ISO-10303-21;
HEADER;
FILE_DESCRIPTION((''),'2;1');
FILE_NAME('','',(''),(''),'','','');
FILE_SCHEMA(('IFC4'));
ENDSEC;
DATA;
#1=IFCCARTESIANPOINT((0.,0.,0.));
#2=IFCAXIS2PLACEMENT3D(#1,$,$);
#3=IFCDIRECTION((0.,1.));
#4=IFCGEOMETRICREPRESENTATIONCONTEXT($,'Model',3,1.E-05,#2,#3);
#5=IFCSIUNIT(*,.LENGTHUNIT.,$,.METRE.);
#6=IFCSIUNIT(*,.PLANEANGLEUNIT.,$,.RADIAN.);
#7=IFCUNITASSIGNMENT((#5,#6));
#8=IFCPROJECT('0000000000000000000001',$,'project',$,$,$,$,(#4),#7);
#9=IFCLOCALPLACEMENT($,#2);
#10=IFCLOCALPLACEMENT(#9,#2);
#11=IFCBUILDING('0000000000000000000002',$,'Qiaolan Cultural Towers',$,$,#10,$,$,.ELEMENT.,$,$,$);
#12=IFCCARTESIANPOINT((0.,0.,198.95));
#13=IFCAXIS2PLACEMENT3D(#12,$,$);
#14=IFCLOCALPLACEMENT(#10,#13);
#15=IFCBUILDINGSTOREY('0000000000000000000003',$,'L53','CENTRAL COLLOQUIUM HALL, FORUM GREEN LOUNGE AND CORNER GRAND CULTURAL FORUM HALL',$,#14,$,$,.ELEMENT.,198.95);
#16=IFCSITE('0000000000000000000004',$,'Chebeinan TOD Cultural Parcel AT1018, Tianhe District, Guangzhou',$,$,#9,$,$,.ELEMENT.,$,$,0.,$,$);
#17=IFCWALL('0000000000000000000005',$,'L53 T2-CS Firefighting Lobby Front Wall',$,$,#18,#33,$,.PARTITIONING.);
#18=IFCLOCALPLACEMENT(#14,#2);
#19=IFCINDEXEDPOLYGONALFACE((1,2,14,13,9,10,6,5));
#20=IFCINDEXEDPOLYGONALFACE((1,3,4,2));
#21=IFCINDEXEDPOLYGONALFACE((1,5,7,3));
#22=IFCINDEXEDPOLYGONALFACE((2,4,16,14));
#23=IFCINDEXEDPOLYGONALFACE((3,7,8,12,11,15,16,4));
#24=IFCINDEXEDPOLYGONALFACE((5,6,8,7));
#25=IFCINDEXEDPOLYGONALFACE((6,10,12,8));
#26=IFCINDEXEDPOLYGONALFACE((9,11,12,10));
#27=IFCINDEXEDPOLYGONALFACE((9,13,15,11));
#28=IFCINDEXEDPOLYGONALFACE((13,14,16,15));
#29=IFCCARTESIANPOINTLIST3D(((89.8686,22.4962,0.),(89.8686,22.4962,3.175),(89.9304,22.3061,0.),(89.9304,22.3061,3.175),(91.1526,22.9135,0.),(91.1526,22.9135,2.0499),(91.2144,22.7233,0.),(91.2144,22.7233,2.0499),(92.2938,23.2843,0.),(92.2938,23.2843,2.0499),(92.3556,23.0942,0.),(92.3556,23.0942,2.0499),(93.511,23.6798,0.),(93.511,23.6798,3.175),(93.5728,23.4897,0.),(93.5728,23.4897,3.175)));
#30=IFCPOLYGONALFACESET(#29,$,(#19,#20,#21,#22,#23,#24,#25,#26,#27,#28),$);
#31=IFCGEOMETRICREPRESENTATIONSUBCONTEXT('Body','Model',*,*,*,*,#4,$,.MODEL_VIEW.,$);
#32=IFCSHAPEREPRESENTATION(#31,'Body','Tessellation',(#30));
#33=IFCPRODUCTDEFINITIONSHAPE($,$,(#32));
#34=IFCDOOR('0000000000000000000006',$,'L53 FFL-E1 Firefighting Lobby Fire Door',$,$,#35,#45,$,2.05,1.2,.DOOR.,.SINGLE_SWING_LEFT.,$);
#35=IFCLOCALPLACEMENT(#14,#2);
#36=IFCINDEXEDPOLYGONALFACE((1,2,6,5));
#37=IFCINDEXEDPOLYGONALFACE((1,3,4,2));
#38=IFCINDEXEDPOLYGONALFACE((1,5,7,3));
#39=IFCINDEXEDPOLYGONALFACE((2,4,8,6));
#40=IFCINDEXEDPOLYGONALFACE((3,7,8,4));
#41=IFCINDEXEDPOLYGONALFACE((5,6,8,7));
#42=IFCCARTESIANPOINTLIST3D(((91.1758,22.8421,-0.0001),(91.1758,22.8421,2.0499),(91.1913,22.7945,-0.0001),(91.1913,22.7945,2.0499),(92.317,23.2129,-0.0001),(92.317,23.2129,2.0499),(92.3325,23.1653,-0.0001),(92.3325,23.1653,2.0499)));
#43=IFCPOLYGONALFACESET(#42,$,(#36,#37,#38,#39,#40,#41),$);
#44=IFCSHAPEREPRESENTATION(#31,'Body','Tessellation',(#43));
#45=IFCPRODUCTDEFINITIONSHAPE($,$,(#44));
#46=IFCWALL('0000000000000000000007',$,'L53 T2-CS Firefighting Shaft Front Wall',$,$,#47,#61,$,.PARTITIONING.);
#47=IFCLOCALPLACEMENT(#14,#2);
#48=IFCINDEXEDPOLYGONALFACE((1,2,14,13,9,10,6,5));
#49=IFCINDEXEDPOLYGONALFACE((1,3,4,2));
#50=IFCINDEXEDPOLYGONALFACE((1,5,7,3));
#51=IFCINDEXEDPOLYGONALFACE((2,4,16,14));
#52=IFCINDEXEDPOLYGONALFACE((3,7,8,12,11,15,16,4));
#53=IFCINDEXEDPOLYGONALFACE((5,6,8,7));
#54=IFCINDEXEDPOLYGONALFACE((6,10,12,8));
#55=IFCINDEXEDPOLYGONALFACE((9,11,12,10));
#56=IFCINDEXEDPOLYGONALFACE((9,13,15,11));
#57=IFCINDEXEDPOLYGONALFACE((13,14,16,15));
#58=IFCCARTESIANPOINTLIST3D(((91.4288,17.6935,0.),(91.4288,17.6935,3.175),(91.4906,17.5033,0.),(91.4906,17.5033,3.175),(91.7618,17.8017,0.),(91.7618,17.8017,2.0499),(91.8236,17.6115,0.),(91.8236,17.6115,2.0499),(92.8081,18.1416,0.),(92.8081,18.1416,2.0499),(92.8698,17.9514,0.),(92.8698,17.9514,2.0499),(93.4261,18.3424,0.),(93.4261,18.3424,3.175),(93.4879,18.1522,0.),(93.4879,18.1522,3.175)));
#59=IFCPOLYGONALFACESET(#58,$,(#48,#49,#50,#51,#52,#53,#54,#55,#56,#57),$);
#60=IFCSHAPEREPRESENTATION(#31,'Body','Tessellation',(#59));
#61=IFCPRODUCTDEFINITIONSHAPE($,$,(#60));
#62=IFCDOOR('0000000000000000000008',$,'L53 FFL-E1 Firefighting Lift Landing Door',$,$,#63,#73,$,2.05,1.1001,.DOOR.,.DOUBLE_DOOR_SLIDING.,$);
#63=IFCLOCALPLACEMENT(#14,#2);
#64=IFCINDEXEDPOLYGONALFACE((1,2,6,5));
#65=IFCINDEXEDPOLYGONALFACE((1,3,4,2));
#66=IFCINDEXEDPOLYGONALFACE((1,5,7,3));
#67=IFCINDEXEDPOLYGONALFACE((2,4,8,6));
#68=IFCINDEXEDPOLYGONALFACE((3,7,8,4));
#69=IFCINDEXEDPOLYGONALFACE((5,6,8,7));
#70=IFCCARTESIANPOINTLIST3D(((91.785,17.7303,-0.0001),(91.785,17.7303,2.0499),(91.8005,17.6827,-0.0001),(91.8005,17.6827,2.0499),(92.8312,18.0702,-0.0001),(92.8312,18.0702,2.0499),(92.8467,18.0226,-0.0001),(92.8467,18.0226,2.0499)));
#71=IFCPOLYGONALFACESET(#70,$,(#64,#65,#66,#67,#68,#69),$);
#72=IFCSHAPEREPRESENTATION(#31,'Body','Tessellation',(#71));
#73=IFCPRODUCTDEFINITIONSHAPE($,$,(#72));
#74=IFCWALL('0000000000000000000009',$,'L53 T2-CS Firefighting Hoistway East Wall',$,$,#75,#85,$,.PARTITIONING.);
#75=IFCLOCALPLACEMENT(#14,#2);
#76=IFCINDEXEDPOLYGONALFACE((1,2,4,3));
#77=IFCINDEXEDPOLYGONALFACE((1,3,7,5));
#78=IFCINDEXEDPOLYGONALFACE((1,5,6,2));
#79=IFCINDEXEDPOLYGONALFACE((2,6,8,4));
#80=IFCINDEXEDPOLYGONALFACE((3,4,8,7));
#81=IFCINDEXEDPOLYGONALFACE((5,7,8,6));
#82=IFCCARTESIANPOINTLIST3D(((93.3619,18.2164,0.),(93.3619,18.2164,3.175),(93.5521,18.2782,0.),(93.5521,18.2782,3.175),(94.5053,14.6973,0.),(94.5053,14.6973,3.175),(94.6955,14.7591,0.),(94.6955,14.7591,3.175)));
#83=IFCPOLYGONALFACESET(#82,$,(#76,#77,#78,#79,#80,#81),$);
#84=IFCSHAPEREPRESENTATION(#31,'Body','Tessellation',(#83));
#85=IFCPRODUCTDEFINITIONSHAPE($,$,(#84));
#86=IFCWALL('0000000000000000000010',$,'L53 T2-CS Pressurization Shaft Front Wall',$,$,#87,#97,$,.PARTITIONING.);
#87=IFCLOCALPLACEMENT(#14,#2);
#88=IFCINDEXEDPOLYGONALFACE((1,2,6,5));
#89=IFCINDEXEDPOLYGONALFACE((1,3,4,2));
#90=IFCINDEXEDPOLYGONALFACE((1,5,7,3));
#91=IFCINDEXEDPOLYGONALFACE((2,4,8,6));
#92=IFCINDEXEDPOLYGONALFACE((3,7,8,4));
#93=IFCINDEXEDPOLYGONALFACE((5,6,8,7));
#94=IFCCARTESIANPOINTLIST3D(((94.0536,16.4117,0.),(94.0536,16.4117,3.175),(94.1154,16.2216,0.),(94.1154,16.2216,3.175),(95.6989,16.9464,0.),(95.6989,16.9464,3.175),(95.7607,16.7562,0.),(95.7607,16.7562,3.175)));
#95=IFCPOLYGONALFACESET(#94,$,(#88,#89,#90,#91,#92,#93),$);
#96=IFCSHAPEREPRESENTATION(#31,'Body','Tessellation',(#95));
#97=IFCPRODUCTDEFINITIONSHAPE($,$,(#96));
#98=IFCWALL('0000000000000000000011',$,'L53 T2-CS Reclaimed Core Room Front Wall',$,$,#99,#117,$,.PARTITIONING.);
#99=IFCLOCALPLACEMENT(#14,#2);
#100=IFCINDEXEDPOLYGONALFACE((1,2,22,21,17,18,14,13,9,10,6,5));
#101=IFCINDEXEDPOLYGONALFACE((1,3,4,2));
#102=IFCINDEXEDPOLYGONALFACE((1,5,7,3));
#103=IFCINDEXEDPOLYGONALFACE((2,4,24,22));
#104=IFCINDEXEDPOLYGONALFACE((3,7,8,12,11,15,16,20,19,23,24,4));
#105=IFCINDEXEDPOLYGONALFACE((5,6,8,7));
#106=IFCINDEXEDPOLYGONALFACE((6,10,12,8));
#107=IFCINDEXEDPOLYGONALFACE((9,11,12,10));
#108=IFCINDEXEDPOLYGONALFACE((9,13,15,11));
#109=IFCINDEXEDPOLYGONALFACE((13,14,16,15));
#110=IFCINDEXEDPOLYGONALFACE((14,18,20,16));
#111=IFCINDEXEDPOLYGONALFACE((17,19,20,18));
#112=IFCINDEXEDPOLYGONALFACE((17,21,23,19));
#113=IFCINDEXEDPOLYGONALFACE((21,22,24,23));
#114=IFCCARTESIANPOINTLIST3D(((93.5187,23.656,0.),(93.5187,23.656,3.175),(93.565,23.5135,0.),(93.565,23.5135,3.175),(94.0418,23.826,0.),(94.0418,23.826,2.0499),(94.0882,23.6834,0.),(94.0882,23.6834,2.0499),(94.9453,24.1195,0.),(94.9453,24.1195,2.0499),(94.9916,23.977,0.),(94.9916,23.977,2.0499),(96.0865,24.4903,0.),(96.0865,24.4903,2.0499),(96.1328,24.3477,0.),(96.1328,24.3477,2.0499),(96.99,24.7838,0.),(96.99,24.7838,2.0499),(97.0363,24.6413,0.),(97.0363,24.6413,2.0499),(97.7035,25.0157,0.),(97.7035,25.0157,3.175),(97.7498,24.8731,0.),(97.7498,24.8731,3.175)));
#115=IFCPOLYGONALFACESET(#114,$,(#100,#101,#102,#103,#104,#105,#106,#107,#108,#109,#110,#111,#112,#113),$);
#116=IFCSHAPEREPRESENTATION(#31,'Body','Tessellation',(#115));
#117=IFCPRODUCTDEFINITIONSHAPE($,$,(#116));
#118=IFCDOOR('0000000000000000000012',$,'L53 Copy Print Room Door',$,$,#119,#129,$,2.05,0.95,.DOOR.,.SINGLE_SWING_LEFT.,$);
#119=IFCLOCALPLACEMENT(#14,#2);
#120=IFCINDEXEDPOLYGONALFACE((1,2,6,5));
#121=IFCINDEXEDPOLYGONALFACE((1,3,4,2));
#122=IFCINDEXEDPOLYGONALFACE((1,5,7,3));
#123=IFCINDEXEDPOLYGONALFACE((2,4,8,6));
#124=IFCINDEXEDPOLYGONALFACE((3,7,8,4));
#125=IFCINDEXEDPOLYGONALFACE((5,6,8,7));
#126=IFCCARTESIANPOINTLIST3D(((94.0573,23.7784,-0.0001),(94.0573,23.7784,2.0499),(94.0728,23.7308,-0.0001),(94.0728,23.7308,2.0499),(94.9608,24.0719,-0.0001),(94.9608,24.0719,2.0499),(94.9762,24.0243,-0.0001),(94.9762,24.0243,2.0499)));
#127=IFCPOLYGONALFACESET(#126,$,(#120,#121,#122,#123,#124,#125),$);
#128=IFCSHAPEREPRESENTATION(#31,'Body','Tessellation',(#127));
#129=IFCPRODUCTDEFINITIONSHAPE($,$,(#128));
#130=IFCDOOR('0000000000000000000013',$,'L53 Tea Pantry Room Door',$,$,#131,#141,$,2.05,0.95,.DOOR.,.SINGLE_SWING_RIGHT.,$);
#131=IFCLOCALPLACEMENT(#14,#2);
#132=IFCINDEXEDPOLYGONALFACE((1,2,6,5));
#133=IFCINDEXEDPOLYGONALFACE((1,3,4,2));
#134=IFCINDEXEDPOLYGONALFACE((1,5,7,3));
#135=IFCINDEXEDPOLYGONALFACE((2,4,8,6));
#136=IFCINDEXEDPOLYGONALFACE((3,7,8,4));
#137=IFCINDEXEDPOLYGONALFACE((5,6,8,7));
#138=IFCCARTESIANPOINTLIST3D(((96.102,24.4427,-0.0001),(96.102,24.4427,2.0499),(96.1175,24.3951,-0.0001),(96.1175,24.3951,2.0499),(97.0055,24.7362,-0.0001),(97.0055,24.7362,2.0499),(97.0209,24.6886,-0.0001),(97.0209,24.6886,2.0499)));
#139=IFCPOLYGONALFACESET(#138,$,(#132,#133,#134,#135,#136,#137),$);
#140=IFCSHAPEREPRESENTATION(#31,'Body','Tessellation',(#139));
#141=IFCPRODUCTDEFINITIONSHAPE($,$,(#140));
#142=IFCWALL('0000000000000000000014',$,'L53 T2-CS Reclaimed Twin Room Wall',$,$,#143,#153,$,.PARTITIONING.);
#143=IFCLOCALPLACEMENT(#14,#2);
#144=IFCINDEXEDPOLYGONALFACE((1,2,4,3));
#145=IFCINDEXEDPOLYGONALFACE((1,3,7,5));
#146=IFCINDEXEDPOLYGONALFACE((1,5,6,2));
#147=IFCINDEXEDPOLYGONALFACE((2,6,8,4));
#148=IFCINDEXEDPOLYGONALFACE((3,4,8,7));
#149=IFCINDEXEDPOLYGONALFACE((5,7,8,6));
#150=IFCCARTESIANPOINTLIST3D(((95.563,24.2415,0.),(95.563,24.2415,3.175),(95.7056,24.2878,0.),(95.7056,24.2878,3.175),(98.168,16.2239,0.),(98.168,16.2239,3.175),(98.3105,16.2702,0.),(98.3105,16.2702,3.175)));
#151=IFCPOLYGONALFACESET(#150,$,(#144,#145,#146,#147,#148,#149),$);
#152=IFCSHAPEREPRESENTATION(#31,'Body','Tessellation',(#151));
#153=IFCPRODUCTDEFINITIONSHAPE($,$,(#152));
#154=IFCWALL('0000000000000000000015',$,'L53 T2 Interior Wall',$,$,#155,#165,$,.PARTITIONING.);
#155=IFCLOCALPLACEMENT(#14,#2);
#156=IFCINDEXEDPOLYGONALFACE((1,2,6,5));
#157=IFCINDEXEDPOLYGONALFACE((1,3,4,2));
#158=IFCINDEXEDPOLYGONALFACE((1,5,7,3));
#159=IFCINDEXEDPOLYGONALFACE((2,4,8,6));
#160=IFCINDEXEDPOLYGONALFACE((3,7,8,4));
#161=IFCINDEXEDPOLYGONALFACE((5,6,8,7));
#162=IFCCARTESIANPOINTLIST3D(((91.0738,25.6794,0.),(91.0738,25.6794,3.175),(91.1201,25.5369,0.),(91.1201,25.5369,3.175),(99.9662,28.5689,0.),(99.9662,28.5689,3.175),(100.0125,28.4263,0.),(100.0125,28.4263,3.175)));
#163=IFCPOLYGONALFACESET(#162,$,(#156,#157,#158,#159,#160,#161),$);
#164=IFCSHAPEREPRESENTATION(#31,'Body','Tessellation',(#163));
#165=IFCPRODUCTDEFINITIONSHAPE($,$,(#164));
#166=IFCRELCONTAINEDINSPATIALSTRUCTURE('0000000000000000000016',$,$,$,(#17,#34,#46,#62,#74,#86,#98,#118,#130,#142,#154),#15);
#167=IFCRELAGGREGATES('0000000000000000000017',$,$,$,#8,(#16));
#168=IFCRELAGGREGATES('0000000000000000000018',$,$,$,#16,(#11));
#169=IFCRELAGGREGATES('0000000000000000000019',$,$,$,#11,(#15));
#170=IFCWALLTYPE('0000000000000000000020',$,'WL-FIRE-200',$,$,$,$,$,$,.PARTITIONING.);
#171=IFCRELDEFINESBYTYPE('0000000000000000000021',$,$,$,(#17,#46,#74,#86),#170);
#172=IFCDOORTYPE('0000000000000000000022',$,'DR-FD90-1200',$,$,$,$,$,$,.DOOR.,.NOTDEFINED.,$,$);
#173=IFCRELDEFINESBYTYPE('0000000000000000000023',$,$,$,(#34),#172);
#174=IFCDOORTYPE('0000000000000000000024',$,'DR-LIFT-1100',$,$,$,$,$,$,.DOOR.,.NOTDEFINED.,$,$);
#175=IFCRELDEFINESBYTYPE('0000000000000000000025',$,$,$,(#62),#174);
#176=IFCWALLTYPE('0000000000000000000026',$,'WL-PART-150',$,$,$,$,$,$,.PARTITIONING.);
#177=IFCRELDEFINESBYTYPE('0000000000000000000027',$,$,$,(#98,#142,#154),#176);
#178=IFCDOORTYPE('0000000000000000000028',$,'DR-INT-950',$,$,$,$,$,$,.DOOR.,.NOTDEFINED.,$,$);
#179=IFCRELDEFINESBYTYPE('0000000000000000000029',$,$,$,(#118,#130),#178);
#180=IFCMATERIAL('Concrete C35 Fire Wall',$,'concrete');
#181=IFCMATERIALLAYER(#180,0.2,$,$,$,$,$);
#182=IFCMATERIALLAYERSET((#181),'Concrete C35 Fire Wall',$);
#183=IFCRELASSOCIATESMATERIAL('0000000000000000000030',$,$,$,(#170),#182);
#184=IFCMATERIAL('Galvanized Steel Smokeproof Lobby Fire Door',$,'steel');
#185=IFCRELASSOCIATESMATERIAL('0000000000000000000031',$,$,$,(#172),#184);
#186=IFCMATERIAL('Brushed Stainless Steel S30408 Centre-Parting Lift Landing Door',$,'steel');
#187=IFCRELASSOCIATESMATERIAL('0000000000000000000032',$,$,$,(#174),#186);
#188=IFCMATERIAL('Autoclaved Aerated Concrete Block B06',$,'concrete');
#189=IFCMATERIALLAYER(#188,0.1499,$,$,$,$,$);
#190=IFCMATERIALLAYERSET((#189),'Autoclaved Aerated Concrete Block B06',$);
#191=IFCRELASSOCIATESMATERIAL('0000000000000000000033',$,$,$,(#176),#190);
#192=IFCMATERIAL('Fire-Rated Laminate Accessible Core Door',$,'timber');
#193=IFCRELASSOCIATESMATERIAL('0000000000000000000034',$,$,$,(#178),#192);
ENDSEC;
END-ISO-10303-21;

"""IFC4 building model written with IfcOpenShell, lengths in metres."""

from ifc_helpers import new_model, si_unit, direction, frame, frame_2d, origin, place, context, subcontext, project, spatial, rectangle, extrude, material, layer, layer_set, type_object, element, fill, save


model = new_model("IFC4")

# Units and contexts
model_context = context("Model", 3, precision=1e-05, world=origin(), true_north=direction((0.0, 1.0)))
body_context = subcontext(model_context, "Body", "Model", "MODEL_VIEW")
ifc_project = project(units=[si_unit("LENGTHUNIT", "METRE"), si_unit("PLANEANGLEUNIT", "RADIAN")], contexts=[model_context])

# Site, building, storey
site_placement = place(None, origin())
site = spatial("IfcSite", under=ifc_project, at=site_placement, Name="Chebeinan TOD Cultural Parcel AT1018, Tianhe District, Guangzhou", CompositionType="ELEMENT", RefElevation=0.0)
building_placement = place(site_placement, origin())
building = spatial("IfcBuilding", under=site, at=building_placement, Name="Qiaolan Cultural Towers", CompositionType="ELEMENT")
storey_placement = place(building_placement, frame((0.0, 0.0, 198.95)))
storey = spatial("IfcBuildingStorey", under=building, at=storey_placement, Name="L53", Description="CENTRAL COLLOQUIUM HALL, FORUM GREEN LOUNGE AND CORNER GRAND CULTURAL FORUM HALL", CompositionType="ELEMENT", Elevation=198.95)

# Shared definitions
ifc_material_1 = material(Name="Concrete C35 Fire Wall", Category="concrete")
ifc_layer_1 = layer(ifc_material_1, 0.2)
ifc_layer_set_1 = layer_set([ifc_layer_1], Name="Concrete C35 Fire Wall")
wall_type_1 = type_object("IfcWallType", Name="WL-FIRE-200", PredefinedType="PARTITIONING", material=ifc_layer_set_1)

# Walls, openings, doors
wall_1_placement = place(storey_placement, frame((89.8994, 22.4011, 0.0), z_axis=(0.0, 0.0, 1.0), x_axis=(0.951047, 0.309047, 0.0)))
wall_1 = element("IfcWall", 1, at=wall_1_placement, inside=storey, type_object=wall_type_1, Name="L53 T2-CS Firefighting Lobby Front Wall", PredefinedType="PARTITIONING", context=body_context, shape_type="SweptSolid", body=[
    extrude(rectangle(XDim=3.8298, YDim=0.2, at=frame_2d((1.915, 0.0))), origin(), (0.0, 0.0, 1.0), 3.175),
])
opening_1_placement = place(wall_1_placement, frame((1.3501, 0.0, 0.0)))
opening_1 = element("IfcOpeningElement", 2, at=opening_1_placement, cuts=wall_1, PredefinedType="OPENING", context=body_context, shape_type="SweptSolid", body=[
    extrude(rectangle(XDim=1.2, YDim=2.05, at=frame_2d((0.6001, 1.0249))), frame((0.0, 0.1099, 0.0), z_axis=(0.0, -1.0, 0.0), x_axis=(1.0, 0.0, 0.0)), (0.0, 0.0, 1.0), 0.22),
])
ifc_material_2 = material(Name="Galvanized Steel Smokeproof Lobby Fire Door", Category="steel")
door_type_1 = type_object("IfcDoorType", Name="DR-FD90-1200", OperationType="NOTDEFINED", PredefinedType="DOOR", material=ifc_material_2)
door_1_placement = place(opening_1_placement, origin())
door_1 = element("IfcDoor", 3, at=door_1_placement, inside=storey, type_object=door_type_1, Name="L53 FFL-E1 Firefighting Lobby Fire Door", OperationType="SINGLE_SWING_LEFT", OverallHeight=2.05, OverallWidth=1.2, PredefinedType="DOOR", context=body_context, shape_type="SweptSolid", body=[
    extrude(rectangle(XDim=1.2, YDim=2.05, at=frame_2d((0.6001, 1.0249))), frame((0.0, 0.0249, 0.0), z_axis=(0.0, -1.0, 0.0), x_axis=(1.0, 0.0, 0.0)), (0.0, 0.0, 1.0), 0.05),
])
fill(opening_1, door_1)
wall_2_placement = place(storey_placement, frame((91.4597, 17.5984, 0.0), z_axis=(0.0, 0.0, 1.0), x_axis=(0.951062, 0.308999, 0.0)))
wall_2 = element("IfcWall", 4, at=wall_2_placement, inside=storey, type_object=wall_type_1, Name="L53 T2-CS Firefighting Shaft Front Wall", PredefinedType="PARTITIONING", context=body_context, shape_type="SweptSolid", body=[
    extrude(rectangle(XDim=2.1001, YDim=0.2, at=frame_2d((1.05, 0.0))), origin(), (0.0, 0.0, 1.0), 3.175),
])
opening_2_placement = place(wall_2_placement, frame((0.3501, 0.0, 0.0)))
opening_2 = element("IfcOpeningElement", 5, at=opening_2_placement, cuts=wall_2, PredefinedType="OPENING", context=body_context, shape_type="SweptSolid", body=[
    extrude(rectangle(XDim=1.1001, YDim=2.05, at=frame_2d((0.55, 1.0249))), frame((0.0, 0.1099, 0.0), z_axis=(0.0, -1.0, 0.0), x_axis=(1.0, 0.0, 0.0)), (0.0, 0.0, 1.0), 0.22),
])
ifc_material_3 = material(Name="Brushed Stainless Steel S30408 Centre-Parting Lift Landing Door", Category="steel")
door_type_2 = type_object("IfcDoorType", Name="DR-LIFT-1100", OperationType="NOTDEFINED", PredefinedType="DOOR", material=ifc_material_3)
door_2_placement = place(opening_2_placement, origin())
door_2 = element("IfcDoor", 6, at=door_2_placement, inside=storey, type_object=door_type_2, Name="L53 FFL-E1 Firefighting Lift Landing Door", OperationType="DOUBLE_DOOR_SLIDING", OverallHeight=2.05, OverallWidth=1.1001, PredefinedType="DOOR", context=body_context, shape_type="SweptSolid", body=[
    extrude(rectangle(XDim=1.1001, YDim=2.05, at=frame_2d((0.55, 1.0249))), frame((0.0, 0.0249, 0.0), z_axis=(0.0, -1.0, 0.0), x_axis=(1.0, 0.0, 0.0)), (0.0, 0.0, 1.0), 0.05),
])
fill(opening_2, door_2)

# Walls
wall_3_placement = place(storey_placement, frame((93.457, 18.2473, 0.0), z_axis=(0.0, 0.0, 1.0), x_axis=(0.308994, -0.951064, 0.0)))
element("IfcWall", 7, at=wall_3_placement, inside=storey, type_object=wall_type_1, Name="L53 T2-CS Firefighting Hoistway East Wall", PredefinedType="PARTITIONING", context=body_context, shape_type="SweptSolid", body=[
    extrude(rectangle(XDim=3.7002, YDim=0.2, at=frame_2d((1.8501, 0.0))), origin(), (0.0, 0.0, 1.0), 3.175),
])
wall_4_placement = place(storey_placement, frame((94.0845, 16.3167, 0.0), z_axis=(0.0, 0.0, 1.0), x_axis=(0.951041, 0.309064, 0.0)))
element("IfcWall", 8, at=wall_4_placement, inside=storey, type_object=wall_type_1, Name="L53 T2-CS Pressurization Shaft Front Wall", PredefinedType="PARTITIONING", context=body_context, shape_type="SweptSolid", body=[
    extrude(rectangle(XDim=1.73, YDim=0.2, at=frame_2d((0.865, 0.0))), origin(), (0.0, 0.0, 1.0), 3.175),
])

# Wall, openings, doors
ifc_material_4 = material(Name="Autoclaved Aerated Concrete Block B06", Category="concrete")
ifc_layer_2 = layer(ifc_material_4, 0.1499)
ifc_layer_set_2 = layer_set([ifc_layer_2], Name="Autoclaved Aerated Concrete Block B06")
wall_type_2 = type_object("IfcWallType", Name="WL-PART-150", PredefinedType="PARTITIONING", material=ifc_layer_set_2)
wall_5_placement = place(storey_placement, frame((93.5417, 23.5847, 0.0), z_axis=(0.0, 0.0, 1.0), x_axis=(0.951064, 0.308994, 0.0)))
wall_5 = element("IfcWall", 9, at=wall_5_placement, inside=storey, type_object=wall_type_2, Name="L53 T2-CS Reclaimed Core Room Front Wall", PredefinedType="PARTITIONING", context=body_context, shape_type="SweptSolid", body=[
    extrude(rectangle(XDim=4.4001, YDim=0.1499, at=frame_2d((2.2002, 0.0))), origin(), (0.0, 0.0, 1.0), 3.175),
])
opening_3_placement = place(wall_5_placement, frame((0.55, 0.0, 0.0)))
opening_3 = element("IfcOpeningElement", 10, at=opening_3_placement, cuts=wall_5, PredefinedType="OPENING", context=body_context, shape_type="SweptSolid", body=[
    extrude(rectangle(XDim=0.95, YDim=2.05, at=frame_2d((0.4751, 1.0249))), frame((0.0, 0.085, 0.0), z_axis=(0.0, -1.0, 0.0), x_axis=(1.0, 0.0, 0.0)), (0.0, 0.0, 1.0), 0.1699),
])
opening_4_placement = place(wall_5_placement, frame((2.7, 0.0, 0.0)))
opening_4 = element("IfcOpeningElement", 11, at=opening_4_placement, cuts=wall_5, PredefinedType="OPENING", context=body_context, shape_type="SweptSolid", body=[
    extrude(rectangle(XDim=0.95, YDim=2.05, at=frame_2d((0.4751, 1.0249))), frame((0.0, 0.085, 0.0), z_axis=(0.0, -1.0, 0.0), x_axis=(1.0, 0.0, 0.0)), (0.0, 0.0, 1.0), 0.1699),
])
ifc_material_5 = material(Name="Fire-Rated Laminate Accessible Core Door", Category="timber")
door_type_3 = type_object("IfcDoorType", Name="DR-INT-950", OperationType="NOTDEFINED", PredefinedType="DOOR", material=ifc_material_5)
door_3_placement = place(opening_3_placement, origin())
door_3 = element("IfcDoor", 12, at=door_3_placement, inside=storey, type_object=door_type_3, Name="L53 Copy Print Room Door", OperationType="SINGLE_SWING_LEFT", OverallHeight=2.05, OverallWidth=0.95, PredefinedType="DOOR", context=body_context, shape_type="SweptSolid", body=[
    extrude(rectangle(XDim=0.95, YDim=2.05, at=frame_2d((0.4751, 1.0249))), frame((0.0, 0.0249, 0.0), z_axis=(0.0, -1.0, 0.0), x_axis=(1.0, 0.0, 0.0)), (0.0, 0.0, 1.0), 0.05),
])
fill(opening_3, door_3)
door_4_placement = place(opening_4_placement, origin())
door_4 = element("IfcDoor", 13, at=door_4_placement, inside=storey, type_object=door_type_3, Name="L53 Tea Pantry Room Door", OperationType="SINGLE_SWING_RIGHT", OverallHeight=2.05, OverallWidth=0.95, PredefinedType="DOOR", context=body_context, shape_type="SweptSolid", body=[
    extrude(rectangle(XDim=0.95, YDim=2.05, at=frame_2d((0.4751, 1.0249))), frame((0.0, 0.0249, 0.0), z_axis=(0.0, -1.0, 0.0), x_axis=(1.0, 0.0, 0.0)), (0.0, 0.0, 1.0), 0.05),
])
fill(opening_4, door_4)

# Walls
wall_6_placement = place(storey_placement, frame((95.6343, 24.2646, 0.0), z_axis=(0.0, 0.0, 1.0), x_axis=(0.309007, -0.95106, 0.0)))
element("IfcWall", 14, at=wall_6_placement, inside=storey, type_object=wall_type_2, Name="L53 T2-CS Reclaimed Twin Room Wall", PredefinedType="PARTITIONING", context=body_context, shape_type="SweptSolid", body=[
    extrude(rectangle(XDim=8.4302, YDim=0.1499, at=frame_2d((4.2151, 0.0))), origin(), (0.0, 0.0, 1.0), 3.175),
])
wall_7_placement = place(storey_placement, frame((91.0969, 25.6082, 0.0), z_axis=(0.0, 0.0, 1.0), x_axis=(0.951053, 0.309028, 0.0)))
element("IfcWall", 15, at=wall_7_placement, inside=storey, type_object=wall_type_2, Name="L53 T2 Interior Wall", PredefinedType="PARTITIONING", context=body_context, shape_type="SweptSolid", body=[
    extrude(rectangle(XDim=9.3501, YDim=0.1499, at=frame_2d((4.675, 0.0))), origin(), (0.0, 0.0, 1.0), 3.175),
])

save(model, "model.ifc")
